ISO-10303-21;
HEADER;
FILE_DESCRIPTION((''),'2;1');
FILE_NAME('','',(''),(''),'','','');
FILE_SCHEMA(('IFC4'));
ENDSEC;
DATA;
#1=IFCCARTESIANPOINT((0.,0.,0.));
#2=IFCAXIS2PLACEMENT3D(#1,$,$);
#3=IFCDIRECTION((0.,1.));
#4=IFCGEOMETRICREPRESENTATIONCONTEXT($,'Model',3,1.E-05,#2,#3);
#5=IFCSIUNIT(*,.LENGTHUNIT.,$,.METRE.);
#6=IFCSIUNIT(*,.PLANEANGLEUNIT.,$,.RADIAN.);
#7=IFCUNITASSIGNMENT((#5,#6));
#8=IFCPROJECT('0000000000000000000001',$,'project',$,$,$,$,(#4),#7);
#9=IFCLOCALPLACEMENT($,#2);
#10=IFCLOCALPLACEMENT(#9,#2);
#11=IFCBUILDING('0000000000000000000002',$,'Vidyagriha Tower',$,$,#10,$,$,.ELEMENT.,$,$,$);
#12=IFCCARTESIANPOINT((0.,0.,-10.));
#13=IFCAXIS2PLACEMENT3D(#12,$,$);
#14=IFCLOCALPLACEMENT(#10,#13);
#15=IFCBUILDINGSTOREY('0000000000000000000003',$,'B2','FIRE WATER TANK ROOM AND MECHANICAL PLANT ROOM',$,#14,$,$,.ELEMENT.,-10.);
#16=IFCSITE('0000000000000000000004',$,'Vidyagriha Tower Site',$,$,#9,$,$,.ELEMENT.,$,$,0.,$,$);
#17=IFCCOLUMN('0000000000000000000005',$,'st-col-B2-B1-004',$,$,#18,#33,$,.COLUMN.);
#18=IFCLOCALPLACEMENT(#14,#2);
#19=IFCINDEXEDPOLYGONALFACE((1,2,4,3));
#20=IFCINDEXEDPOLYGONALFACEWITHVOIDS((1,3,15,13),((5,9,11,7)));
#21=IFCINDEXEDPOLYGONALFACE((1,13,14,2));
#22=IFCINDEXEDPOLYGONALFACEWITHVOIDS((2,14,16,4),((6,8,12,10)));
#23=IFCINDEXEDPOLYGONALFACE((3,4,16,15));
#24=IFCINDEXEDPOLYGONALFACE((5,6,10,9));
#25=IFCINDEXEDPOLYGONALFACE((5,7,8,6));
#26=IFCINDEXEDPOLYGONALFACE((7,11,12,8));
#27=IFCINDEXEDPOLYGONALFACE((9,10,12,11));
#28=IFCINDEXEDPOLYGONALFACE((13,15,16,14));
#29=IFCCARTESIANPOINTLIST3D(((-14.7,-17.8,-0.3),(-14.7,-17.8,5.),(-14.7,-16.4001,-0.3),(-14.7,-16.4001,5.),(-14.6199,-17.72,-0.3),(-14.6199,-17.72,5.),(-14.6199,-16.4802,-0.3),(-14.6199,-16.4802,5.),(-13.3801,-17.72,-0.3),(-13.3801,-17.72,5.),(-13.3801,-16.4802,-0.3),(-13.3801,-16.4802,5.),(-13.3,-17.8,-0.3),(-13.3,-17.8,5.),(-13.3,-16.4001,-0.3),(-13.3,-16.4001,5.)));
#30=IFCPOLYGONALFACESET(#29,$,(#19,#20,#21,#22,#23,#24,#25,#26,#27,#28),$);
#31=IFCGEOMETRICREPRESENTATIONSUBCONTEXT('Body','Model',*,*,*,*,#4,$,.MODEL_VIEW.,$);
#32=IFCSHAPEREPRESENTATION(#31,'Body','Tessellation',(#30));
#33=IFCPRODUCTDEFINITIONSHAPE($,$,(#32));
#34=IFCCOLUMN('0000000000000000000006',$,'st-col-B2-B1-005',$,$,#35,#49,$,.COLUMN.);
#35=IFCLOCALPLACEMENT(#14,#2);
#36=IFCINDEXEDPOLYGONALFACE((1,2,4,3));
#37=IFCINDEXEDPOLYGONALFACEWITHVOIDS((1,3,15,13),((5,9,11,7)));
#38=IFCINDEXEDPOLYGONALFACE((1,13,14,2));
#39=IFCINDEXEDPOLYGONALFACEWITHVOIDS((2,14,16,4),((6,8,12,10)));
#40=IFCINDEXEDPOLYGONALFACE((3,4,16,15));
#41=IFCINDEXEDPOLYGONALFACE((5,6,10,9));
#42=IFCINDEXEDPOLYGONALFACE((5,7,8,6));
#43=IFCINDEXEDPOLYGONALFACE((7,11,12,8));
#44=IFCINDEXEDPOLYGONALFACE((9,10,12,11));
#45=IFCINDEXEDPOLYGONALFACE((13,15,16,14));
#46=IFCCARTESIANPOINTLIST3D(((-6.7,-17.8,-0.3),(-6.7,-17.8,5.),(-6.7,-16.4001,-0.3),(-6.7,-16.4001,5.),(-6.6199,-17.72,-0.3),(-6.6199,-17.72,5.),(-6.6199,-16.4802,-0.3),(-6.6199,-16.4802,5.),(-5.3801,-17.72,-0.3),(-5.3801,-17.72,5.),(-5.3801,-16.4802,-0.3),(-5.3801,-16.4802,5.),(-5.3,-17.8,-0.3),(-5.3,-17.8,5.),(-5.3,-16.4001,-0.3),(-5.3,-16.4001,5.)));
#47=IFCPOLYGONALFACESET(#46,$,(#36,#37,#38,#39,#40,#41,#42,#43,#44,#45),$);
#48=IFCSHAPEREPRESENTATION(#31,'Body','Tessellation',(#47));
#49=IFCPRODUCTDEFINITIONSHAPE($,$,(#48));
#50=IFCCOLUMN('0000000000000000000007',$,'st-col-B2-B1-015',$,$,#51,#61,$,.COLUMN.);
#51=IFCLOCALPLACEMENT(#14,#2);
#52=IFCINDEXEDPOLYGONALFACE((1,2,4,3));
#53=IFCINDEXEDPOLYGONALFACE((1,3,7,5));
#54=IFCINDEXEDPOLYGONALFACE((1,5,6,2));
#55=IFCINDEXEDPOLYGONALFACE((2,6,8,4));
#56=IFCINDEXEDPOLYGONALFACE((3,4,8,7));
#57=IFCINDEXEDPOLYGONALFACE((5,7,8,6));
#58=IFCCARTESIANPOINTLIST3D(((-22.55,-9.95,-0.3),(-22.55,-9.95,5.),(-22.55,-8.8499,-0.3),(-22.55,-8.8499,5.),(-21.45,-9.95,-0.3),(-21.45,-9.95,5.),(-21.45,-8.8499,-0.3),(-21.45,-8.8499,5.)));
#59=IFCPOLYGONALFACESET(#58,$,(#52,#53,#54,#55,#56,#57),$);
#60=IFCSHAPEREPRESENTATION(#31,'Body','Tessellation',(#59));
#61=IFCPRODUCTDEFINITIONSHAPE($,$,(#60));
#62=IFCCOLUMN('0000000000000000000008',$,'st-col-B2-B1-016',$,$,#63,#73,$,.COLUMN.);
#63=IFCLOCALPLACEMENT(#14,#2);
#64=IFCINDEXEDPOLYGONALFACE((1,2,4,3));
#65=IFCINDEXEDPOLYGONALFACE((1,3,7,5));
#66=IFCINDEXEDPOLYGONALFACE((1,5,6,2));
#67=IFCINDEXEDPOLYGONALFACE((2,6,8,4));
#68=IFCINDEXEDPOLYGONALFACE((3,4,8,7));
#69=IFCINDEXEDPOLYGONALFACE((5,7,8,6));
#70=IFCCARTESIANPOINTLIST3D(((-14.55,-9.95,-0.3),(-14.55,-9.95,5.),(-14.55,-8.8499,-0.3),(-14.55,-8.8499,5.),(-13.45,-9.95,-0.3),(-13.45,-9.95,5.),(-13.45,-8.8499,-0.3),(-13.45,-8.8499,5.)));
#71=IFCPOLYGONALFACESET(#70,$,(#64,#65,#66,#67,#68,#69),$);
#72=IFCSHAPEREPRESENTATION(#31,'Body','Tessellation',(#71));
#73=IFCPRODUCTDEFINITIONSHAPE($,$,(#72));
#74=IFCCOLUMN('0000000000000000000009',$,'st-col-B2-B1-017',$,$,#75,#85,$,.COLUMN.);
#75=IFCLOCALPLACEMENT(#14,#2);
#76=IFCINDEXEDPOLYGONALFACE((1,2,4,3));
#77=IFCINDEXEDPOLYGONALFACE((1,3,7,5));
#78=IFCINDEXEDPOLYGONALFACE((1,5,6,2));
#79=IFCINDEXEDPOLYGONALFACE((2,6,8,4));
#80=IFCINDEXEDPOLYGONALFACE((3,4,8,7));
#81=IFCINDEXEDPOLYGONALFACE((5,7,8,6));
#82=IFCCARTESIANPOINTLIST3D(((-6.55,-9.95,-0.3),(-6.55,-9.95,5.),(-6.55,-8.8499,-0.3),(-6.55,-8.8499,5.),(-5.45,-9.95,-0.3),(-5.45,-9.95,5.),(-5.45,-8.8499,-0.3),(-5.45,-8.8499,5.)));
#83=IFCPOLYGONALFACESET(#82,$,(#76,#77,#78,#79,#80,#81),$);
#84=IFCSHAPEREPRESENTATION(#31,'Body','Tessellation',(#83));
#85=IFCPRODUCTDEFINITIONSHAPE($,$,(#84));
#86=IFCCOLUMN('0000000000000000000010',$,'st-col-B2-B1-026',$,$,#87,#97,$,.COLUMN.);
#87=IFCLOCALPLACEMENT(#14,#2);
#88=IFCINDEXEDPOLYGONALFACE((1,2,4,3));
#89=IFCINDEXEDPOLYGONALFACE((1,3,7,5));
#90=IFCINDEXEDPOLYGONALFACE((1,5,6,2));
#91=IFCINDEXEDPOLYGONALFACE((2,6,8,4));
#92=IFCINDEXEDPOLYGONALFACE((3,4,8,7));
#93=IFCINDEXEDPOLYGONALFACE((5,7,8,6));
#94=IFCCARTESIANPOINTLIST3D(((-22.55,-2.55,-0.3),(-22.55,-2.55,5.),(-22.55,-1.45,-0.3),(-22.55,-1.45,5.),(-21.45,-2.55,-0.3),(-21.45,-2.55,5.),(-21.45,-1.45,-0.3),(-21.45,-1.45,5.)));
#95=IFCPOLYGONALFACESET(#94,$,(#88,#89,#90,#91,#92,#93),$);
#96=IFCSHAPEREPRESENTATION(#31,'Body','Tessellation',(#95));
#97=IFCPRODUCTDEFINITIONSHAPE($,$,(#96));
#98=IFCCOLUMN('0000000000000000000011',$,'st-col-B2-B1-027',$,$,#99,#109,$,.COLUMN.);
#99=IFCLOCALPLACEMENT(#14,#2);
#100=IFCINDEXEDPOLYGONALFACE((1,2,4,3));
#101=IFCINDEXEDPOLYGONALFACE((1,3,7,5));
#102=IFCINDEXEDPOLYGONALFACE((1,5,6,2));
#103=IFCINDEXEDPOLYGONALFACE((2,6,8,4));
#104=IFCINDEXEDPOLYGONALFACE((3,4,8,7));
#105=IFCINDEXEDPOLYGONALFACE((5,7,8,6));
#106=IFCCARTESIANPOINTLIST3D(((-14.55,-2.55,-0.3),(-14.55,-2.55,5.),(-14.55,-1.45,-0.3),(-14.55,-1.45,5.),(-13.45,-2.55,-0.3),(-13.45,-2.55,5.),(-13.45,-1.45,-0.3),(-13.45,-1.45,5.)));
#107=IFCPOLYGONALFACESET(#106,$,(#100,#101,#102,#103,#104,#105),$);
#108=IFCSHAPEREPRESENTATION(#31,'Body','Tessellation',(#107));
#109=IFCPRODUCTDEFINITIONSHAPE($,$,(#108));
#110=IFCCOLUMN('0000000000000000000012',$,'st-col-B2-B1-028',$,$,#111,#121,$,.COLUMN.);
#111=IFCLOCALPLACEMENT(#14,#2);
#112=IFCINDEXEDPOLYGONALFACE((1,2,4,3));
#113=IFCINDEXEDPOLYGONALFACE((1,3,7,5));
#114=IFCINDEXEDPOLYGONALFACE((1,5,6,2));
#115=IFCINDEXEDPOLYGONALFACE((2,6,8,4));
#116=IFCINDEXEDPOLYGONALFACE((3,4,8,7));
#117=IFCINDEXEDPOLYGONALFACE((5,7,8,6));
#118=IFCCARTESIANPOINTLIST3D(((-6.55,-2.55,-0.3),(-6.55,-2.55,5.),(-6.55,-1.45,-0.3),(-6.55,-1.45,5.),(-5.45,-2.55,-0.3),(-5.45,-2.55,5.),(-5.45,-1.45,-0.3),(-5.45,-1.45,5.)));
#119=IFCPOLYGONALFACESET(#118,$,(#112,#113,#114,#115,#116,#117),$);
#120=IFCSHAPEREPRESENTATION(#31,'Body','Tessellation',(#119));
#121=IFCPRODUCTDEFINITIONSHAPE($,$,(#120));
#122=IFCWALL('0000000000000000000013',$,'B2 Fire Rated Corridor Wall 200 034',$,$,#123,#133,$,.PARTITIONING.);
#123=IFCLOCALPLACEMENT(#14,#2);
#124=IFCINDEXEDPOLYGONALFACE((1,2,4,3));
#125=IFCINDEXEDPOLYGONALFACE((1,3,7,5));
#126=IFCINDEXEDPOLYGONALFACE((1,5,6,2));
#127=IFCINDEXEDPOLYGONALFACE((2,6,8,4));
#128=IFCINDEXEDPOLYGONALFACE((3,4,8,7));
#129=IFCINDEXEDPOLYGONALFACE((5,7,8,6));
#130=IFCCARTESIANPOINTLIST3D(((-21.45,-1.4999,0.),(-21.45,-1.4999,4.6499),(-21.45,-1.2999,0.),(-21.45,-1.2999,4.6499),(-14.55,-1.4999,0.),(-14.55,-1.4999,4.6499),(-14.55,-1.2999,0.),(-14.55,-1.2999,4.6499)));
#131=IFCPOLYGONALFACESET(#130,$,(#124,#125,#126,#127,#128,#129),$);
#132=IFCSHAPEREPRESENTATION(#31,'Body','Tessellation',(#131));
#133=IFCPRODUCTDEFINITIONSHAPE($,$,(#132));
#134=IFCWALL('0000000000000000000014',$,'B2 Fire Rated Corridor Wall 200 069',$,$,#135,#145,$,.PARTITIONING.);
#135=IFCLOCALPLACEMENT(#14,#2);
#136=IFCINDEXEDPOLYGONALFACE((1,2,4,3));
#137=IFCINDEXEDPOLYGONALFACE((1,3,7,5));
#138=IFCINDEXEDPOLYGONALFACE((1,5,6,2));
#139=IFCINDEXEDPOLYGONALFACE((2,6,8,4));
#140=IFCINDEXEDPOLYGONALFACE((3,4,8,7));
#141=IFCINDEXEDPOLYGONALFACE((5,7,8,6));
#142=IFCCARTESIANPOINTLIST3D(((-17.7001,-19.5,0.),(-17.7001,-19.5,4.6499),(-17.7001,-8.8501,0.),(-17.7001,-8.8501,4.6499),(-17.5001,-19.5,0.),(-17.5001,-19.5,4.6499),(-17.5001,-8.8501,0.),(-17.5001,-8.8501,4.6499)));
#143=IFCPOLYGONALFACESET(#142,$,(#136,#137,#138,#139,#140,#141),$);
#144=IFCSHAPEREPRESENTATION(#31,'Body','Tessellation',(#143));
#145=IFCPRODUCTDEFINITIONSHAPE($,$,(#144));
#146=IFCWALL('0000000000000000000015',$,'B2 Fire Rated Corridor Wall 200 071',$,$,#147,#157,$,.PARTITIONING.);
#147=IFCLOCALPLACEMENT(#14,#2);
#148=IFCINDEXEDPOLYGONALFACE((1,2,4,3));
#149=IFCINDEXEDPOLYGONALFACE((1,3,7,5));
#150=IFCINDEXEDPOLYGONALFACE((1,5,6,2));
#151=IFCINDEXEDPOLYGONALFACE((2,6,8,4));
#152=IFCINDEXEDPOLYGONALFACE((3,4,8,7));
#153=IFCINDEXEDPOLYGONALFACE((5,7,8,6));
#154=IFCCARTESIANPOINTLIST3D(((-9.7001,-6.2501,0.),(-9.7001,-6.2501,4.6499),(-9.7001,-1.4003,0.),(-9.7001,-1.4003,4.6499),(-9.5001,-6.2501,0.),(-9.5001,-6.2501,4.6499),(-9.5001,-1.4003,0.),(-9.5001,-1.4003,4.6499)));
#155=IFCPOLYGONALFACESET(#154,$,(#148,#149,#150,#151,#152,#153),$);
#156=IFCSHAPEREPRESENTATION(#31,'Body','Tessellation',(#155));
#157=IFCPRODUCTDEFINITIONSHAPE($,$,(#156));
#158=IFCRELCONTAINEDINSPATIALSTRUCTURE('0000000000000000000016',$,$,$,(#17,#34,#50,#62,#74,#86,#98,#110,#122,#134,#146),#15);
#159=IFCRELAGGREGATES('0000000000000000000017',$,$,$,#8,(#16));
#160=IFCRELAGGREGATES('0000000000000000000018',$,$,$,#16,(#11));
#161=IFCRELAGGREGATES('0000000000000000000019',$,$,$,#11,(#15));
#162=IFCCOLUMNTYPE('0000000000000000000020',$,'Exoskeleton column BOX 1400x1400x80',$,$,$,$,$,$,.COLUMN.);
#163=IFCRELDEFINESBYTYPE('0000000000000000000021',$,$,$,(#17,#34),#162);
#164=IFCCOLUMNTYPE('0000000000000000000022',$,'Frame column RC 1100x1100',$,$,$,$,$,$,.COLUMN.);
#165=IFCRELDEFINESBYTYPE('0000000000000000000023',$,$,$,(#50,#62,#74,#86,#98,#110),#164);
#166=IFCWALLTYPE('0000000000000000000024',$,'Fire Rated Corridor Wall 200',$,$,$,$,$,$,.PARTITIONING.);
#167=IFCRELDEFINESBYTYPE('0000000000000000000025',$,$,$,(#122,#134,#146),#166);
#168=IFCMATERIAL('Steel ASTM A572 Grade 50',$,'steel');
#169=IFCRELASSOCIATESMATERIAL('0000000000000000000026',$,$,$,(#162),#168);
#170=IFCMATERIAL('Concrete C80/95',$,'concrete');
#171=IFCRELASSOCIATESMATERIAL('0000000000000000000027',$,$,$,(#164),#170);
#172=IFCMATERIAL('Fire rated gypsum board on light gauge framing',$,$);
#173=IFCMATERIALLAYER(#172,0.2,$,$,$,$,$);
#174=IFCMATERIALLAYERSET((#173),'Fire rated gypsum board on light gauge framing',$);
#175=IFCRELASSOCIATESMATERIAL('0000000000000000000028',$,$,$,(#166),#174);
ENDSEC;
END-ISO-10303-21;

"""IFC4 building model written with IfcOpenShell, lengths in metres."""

from ifc_helpers import new_model, si_unit, direction, frame, frame_2d, origin, origin_2d, place, context, subcontext, project, spatial, rectangle, hollow_rectangle, extrude, material, layer, layer_set, material_profile, profile_set, type_object, element, save


model = new_model("IFC4")

# Units and contexts
model_context = context("Model", 3, precision=1e-05, world=origin(), true_north=direction((0.0, 1.0)))
body_context = subcontext(model_context, "Body", "Model", "MODEL_VIEW")
ifc_project = project(units=[si_unit("LENGTHUNIT", "METRE"), si_unit("PLANEANGLEUNIT", "RADIAN")], contexts=[model_context])

# Site, building, storey
site_placement = place(None, origin())
site = spatial("IfcSite", under=ifc_project, at=site_placement, Name="Vidyagriha Tower Site", CompositionType="ELEMENT", RefElevation=0.0)
building_placement = place(site_placement, origin())
building = spatial("IfcBuilding", under=site, at=building_placement, Name="Vidyagriha Tower", CompositionType="ELEMENT")
storey_placement = place(building_placement, frame((0.0, 0.0, -10.0)))
storey = spatial("IfcBuildingStorey", under=building, at=storey_placement, Name="B2", Description="FIRE WATER TANK ROOM AND MECHANICAL PLANT ROOM", CompositionType="ELEMENT", Elevation=-10.0)

# Columns
ifc_material_1 = material(Name="Steel ASTM A572 Grade 50", Category="steel")
ifc_material_profile_1 = material_profile(ifc_material_1, hollow_rectangle(XDim=1.3999, YDim=1.3999, WallThickness=0.0801, at=origin_2d()), Name="BOX 1400x1400x80")
ifc_profile_set_1 = profile_set([ifc_material_profile_1], Name="Steel ASTM A572 Grade 50")
column_type_1 = type_object("IfcColumnType", Name="Exoskeleton column BOX 1400x1400x80", PredefinedType="COLUMN", material=ifc_profile_set_1)
for number, where, name in (
    (1, (-14.0, -17.1001, -0.3), "st-col-B2-B1-004"),
    (2, (-6.0, -17.1001, -0.3), "st-col-B2-B1-005"),
):
    element("IfcColumn", number, at=place(storey_placement, frame(where)), inside=storey, type_object=column_type_1, Name=name, PredefinedType="COLUMN", context=body_context, shape_type="SweptSolid", body=[
        extrude(hollow_rectangle(XDim=1.3999, YDim=1.3999, WallThickness=0.0801, at=origin_2d()), origin(), (0.0, 0.0, 1.0), 5.3),
    ])
ifc_material_2 = material(Name="Concrete C80/95", Category="concrete")
ifc_material_profile_2 = material_profile(ifc_material_2, rectangle(XDim=1.1001, YDim=1.1001, at=origin_2d()), Name="RC 1100x1100")
ifc_profile_set_2 = profile_set([ifc_material_profile_2], Name="Concrete C80/95")
column_type_2 = type_object("IfcColumnType", Name="Frame column RC 1100x1100", PredefinedType="COLUMN", material=ifc_profile_set_2)
for number, where, name in (
    (3, (-22.0, -9.3999, -0.3), "st-col-B2-B1-015"),
    (4, (-14.0, -9.3999, -0.3), "st-col-B2-B1-016"),
    (5, (-6.0, -9.3999, -0.3), "st-col-B2-B1-017"),
    (6, (-22.0, -2.0, -0.3), "st-col-B2-B1-026"),
    (7, (-14.0, -2.0, -0.3), "st-col-B2-B1-027"),
    (8, (-6.0, -2.0, -0.3), "st-col-B2-B1-028"),
):
    element("IfcColumn", number, at=place(storey_placement, frame(where)), inside=storey, type_object=column_type_2, Name=name, PredefinedType="COLUMN", context=body_context, shape_type="SweptSolid", body=[
        extrude(rectangle(XDim=1.1001, YDim=1.1001, at=origin_2d()), origin(), (0.0, 0.0, 1.0), 5.3),
    ])

# Walls
ifc_material_3 = material(Name="Fire rated gypsum board on light gauge framing")
ifc_layer_1 = layer(ifc_material_3, 0.2)
ifc_layer_set_1 = layer_set([ifc_layer_1], Name="Fire rated gypsum board on light gauge framing")
wall_type = type_object("IfcWallType", Name="Fire Rated Corridor Wall 200", PredefinedType="PARTITIONING", material=ifc_layer_set_1)
wall_1_placement = place(storey_placement, frame((-21.45, -1.3999, 0.0)))
element("IfcWall", 9, at=wall_1_placement, inside=storey, type_object=wall_type, Name="B2 Fire Rated Corridor Wall 200 034", PredefinedType="PARTITIONING", context=body_context, shape_type="SweptSolid", body=[
    extrude(rectangle(XDim=6.8999, YDim=0.2, at=frame_2d((3.45, 0.0))), origin(), (0.0, 0.0, 1.0), 4.6499),
])
wall_2_placement = place(storey_placement, frame((-17.6001, -19.5, 0.0), z_axis=(0.0, 0.0, 1.0), x_axis=(0.0, 1.0, 0.0)))
element("IfcWall", 10, at=wall_2_placement, inside=storey, type_object=wall_type, Name="B2 Fire Rated Corridor Wall 200 069", PredefinedType="PARTITIONING", context=body_context, shape_type="SweptSolid", body=[
    extrude(rectangle(XDim=10.6499, YDim=0.2, at=frame_2d((5.325, 0.0))), origin(), (0.0, 0.0, 1.0), 4.6499),
])
wall_3_placement = place(storey_placement, frame((-9.6001, -6.25, 0.0), z_axis=(0.0, 0.0, 1.0), x_axis=(0.0, 1.0, 0.0)))
element("IfcWall", 11, at=wall_3_placement, inside=storey, type_object=wall_type, Name="B2 Fire Rated Corridor Wall 200 071", PredefinedType="PARTITIONING", context=body_context, shape_type="SweptSolid", body=[
    extrude(rectangle(XDim=4.8499, YDim=0.2, at=frame_2d((2.4248, 0.0))), origin(), (0.0, 0.0, 1.0), 4.6499),
])

save(model, "model.ifc")
